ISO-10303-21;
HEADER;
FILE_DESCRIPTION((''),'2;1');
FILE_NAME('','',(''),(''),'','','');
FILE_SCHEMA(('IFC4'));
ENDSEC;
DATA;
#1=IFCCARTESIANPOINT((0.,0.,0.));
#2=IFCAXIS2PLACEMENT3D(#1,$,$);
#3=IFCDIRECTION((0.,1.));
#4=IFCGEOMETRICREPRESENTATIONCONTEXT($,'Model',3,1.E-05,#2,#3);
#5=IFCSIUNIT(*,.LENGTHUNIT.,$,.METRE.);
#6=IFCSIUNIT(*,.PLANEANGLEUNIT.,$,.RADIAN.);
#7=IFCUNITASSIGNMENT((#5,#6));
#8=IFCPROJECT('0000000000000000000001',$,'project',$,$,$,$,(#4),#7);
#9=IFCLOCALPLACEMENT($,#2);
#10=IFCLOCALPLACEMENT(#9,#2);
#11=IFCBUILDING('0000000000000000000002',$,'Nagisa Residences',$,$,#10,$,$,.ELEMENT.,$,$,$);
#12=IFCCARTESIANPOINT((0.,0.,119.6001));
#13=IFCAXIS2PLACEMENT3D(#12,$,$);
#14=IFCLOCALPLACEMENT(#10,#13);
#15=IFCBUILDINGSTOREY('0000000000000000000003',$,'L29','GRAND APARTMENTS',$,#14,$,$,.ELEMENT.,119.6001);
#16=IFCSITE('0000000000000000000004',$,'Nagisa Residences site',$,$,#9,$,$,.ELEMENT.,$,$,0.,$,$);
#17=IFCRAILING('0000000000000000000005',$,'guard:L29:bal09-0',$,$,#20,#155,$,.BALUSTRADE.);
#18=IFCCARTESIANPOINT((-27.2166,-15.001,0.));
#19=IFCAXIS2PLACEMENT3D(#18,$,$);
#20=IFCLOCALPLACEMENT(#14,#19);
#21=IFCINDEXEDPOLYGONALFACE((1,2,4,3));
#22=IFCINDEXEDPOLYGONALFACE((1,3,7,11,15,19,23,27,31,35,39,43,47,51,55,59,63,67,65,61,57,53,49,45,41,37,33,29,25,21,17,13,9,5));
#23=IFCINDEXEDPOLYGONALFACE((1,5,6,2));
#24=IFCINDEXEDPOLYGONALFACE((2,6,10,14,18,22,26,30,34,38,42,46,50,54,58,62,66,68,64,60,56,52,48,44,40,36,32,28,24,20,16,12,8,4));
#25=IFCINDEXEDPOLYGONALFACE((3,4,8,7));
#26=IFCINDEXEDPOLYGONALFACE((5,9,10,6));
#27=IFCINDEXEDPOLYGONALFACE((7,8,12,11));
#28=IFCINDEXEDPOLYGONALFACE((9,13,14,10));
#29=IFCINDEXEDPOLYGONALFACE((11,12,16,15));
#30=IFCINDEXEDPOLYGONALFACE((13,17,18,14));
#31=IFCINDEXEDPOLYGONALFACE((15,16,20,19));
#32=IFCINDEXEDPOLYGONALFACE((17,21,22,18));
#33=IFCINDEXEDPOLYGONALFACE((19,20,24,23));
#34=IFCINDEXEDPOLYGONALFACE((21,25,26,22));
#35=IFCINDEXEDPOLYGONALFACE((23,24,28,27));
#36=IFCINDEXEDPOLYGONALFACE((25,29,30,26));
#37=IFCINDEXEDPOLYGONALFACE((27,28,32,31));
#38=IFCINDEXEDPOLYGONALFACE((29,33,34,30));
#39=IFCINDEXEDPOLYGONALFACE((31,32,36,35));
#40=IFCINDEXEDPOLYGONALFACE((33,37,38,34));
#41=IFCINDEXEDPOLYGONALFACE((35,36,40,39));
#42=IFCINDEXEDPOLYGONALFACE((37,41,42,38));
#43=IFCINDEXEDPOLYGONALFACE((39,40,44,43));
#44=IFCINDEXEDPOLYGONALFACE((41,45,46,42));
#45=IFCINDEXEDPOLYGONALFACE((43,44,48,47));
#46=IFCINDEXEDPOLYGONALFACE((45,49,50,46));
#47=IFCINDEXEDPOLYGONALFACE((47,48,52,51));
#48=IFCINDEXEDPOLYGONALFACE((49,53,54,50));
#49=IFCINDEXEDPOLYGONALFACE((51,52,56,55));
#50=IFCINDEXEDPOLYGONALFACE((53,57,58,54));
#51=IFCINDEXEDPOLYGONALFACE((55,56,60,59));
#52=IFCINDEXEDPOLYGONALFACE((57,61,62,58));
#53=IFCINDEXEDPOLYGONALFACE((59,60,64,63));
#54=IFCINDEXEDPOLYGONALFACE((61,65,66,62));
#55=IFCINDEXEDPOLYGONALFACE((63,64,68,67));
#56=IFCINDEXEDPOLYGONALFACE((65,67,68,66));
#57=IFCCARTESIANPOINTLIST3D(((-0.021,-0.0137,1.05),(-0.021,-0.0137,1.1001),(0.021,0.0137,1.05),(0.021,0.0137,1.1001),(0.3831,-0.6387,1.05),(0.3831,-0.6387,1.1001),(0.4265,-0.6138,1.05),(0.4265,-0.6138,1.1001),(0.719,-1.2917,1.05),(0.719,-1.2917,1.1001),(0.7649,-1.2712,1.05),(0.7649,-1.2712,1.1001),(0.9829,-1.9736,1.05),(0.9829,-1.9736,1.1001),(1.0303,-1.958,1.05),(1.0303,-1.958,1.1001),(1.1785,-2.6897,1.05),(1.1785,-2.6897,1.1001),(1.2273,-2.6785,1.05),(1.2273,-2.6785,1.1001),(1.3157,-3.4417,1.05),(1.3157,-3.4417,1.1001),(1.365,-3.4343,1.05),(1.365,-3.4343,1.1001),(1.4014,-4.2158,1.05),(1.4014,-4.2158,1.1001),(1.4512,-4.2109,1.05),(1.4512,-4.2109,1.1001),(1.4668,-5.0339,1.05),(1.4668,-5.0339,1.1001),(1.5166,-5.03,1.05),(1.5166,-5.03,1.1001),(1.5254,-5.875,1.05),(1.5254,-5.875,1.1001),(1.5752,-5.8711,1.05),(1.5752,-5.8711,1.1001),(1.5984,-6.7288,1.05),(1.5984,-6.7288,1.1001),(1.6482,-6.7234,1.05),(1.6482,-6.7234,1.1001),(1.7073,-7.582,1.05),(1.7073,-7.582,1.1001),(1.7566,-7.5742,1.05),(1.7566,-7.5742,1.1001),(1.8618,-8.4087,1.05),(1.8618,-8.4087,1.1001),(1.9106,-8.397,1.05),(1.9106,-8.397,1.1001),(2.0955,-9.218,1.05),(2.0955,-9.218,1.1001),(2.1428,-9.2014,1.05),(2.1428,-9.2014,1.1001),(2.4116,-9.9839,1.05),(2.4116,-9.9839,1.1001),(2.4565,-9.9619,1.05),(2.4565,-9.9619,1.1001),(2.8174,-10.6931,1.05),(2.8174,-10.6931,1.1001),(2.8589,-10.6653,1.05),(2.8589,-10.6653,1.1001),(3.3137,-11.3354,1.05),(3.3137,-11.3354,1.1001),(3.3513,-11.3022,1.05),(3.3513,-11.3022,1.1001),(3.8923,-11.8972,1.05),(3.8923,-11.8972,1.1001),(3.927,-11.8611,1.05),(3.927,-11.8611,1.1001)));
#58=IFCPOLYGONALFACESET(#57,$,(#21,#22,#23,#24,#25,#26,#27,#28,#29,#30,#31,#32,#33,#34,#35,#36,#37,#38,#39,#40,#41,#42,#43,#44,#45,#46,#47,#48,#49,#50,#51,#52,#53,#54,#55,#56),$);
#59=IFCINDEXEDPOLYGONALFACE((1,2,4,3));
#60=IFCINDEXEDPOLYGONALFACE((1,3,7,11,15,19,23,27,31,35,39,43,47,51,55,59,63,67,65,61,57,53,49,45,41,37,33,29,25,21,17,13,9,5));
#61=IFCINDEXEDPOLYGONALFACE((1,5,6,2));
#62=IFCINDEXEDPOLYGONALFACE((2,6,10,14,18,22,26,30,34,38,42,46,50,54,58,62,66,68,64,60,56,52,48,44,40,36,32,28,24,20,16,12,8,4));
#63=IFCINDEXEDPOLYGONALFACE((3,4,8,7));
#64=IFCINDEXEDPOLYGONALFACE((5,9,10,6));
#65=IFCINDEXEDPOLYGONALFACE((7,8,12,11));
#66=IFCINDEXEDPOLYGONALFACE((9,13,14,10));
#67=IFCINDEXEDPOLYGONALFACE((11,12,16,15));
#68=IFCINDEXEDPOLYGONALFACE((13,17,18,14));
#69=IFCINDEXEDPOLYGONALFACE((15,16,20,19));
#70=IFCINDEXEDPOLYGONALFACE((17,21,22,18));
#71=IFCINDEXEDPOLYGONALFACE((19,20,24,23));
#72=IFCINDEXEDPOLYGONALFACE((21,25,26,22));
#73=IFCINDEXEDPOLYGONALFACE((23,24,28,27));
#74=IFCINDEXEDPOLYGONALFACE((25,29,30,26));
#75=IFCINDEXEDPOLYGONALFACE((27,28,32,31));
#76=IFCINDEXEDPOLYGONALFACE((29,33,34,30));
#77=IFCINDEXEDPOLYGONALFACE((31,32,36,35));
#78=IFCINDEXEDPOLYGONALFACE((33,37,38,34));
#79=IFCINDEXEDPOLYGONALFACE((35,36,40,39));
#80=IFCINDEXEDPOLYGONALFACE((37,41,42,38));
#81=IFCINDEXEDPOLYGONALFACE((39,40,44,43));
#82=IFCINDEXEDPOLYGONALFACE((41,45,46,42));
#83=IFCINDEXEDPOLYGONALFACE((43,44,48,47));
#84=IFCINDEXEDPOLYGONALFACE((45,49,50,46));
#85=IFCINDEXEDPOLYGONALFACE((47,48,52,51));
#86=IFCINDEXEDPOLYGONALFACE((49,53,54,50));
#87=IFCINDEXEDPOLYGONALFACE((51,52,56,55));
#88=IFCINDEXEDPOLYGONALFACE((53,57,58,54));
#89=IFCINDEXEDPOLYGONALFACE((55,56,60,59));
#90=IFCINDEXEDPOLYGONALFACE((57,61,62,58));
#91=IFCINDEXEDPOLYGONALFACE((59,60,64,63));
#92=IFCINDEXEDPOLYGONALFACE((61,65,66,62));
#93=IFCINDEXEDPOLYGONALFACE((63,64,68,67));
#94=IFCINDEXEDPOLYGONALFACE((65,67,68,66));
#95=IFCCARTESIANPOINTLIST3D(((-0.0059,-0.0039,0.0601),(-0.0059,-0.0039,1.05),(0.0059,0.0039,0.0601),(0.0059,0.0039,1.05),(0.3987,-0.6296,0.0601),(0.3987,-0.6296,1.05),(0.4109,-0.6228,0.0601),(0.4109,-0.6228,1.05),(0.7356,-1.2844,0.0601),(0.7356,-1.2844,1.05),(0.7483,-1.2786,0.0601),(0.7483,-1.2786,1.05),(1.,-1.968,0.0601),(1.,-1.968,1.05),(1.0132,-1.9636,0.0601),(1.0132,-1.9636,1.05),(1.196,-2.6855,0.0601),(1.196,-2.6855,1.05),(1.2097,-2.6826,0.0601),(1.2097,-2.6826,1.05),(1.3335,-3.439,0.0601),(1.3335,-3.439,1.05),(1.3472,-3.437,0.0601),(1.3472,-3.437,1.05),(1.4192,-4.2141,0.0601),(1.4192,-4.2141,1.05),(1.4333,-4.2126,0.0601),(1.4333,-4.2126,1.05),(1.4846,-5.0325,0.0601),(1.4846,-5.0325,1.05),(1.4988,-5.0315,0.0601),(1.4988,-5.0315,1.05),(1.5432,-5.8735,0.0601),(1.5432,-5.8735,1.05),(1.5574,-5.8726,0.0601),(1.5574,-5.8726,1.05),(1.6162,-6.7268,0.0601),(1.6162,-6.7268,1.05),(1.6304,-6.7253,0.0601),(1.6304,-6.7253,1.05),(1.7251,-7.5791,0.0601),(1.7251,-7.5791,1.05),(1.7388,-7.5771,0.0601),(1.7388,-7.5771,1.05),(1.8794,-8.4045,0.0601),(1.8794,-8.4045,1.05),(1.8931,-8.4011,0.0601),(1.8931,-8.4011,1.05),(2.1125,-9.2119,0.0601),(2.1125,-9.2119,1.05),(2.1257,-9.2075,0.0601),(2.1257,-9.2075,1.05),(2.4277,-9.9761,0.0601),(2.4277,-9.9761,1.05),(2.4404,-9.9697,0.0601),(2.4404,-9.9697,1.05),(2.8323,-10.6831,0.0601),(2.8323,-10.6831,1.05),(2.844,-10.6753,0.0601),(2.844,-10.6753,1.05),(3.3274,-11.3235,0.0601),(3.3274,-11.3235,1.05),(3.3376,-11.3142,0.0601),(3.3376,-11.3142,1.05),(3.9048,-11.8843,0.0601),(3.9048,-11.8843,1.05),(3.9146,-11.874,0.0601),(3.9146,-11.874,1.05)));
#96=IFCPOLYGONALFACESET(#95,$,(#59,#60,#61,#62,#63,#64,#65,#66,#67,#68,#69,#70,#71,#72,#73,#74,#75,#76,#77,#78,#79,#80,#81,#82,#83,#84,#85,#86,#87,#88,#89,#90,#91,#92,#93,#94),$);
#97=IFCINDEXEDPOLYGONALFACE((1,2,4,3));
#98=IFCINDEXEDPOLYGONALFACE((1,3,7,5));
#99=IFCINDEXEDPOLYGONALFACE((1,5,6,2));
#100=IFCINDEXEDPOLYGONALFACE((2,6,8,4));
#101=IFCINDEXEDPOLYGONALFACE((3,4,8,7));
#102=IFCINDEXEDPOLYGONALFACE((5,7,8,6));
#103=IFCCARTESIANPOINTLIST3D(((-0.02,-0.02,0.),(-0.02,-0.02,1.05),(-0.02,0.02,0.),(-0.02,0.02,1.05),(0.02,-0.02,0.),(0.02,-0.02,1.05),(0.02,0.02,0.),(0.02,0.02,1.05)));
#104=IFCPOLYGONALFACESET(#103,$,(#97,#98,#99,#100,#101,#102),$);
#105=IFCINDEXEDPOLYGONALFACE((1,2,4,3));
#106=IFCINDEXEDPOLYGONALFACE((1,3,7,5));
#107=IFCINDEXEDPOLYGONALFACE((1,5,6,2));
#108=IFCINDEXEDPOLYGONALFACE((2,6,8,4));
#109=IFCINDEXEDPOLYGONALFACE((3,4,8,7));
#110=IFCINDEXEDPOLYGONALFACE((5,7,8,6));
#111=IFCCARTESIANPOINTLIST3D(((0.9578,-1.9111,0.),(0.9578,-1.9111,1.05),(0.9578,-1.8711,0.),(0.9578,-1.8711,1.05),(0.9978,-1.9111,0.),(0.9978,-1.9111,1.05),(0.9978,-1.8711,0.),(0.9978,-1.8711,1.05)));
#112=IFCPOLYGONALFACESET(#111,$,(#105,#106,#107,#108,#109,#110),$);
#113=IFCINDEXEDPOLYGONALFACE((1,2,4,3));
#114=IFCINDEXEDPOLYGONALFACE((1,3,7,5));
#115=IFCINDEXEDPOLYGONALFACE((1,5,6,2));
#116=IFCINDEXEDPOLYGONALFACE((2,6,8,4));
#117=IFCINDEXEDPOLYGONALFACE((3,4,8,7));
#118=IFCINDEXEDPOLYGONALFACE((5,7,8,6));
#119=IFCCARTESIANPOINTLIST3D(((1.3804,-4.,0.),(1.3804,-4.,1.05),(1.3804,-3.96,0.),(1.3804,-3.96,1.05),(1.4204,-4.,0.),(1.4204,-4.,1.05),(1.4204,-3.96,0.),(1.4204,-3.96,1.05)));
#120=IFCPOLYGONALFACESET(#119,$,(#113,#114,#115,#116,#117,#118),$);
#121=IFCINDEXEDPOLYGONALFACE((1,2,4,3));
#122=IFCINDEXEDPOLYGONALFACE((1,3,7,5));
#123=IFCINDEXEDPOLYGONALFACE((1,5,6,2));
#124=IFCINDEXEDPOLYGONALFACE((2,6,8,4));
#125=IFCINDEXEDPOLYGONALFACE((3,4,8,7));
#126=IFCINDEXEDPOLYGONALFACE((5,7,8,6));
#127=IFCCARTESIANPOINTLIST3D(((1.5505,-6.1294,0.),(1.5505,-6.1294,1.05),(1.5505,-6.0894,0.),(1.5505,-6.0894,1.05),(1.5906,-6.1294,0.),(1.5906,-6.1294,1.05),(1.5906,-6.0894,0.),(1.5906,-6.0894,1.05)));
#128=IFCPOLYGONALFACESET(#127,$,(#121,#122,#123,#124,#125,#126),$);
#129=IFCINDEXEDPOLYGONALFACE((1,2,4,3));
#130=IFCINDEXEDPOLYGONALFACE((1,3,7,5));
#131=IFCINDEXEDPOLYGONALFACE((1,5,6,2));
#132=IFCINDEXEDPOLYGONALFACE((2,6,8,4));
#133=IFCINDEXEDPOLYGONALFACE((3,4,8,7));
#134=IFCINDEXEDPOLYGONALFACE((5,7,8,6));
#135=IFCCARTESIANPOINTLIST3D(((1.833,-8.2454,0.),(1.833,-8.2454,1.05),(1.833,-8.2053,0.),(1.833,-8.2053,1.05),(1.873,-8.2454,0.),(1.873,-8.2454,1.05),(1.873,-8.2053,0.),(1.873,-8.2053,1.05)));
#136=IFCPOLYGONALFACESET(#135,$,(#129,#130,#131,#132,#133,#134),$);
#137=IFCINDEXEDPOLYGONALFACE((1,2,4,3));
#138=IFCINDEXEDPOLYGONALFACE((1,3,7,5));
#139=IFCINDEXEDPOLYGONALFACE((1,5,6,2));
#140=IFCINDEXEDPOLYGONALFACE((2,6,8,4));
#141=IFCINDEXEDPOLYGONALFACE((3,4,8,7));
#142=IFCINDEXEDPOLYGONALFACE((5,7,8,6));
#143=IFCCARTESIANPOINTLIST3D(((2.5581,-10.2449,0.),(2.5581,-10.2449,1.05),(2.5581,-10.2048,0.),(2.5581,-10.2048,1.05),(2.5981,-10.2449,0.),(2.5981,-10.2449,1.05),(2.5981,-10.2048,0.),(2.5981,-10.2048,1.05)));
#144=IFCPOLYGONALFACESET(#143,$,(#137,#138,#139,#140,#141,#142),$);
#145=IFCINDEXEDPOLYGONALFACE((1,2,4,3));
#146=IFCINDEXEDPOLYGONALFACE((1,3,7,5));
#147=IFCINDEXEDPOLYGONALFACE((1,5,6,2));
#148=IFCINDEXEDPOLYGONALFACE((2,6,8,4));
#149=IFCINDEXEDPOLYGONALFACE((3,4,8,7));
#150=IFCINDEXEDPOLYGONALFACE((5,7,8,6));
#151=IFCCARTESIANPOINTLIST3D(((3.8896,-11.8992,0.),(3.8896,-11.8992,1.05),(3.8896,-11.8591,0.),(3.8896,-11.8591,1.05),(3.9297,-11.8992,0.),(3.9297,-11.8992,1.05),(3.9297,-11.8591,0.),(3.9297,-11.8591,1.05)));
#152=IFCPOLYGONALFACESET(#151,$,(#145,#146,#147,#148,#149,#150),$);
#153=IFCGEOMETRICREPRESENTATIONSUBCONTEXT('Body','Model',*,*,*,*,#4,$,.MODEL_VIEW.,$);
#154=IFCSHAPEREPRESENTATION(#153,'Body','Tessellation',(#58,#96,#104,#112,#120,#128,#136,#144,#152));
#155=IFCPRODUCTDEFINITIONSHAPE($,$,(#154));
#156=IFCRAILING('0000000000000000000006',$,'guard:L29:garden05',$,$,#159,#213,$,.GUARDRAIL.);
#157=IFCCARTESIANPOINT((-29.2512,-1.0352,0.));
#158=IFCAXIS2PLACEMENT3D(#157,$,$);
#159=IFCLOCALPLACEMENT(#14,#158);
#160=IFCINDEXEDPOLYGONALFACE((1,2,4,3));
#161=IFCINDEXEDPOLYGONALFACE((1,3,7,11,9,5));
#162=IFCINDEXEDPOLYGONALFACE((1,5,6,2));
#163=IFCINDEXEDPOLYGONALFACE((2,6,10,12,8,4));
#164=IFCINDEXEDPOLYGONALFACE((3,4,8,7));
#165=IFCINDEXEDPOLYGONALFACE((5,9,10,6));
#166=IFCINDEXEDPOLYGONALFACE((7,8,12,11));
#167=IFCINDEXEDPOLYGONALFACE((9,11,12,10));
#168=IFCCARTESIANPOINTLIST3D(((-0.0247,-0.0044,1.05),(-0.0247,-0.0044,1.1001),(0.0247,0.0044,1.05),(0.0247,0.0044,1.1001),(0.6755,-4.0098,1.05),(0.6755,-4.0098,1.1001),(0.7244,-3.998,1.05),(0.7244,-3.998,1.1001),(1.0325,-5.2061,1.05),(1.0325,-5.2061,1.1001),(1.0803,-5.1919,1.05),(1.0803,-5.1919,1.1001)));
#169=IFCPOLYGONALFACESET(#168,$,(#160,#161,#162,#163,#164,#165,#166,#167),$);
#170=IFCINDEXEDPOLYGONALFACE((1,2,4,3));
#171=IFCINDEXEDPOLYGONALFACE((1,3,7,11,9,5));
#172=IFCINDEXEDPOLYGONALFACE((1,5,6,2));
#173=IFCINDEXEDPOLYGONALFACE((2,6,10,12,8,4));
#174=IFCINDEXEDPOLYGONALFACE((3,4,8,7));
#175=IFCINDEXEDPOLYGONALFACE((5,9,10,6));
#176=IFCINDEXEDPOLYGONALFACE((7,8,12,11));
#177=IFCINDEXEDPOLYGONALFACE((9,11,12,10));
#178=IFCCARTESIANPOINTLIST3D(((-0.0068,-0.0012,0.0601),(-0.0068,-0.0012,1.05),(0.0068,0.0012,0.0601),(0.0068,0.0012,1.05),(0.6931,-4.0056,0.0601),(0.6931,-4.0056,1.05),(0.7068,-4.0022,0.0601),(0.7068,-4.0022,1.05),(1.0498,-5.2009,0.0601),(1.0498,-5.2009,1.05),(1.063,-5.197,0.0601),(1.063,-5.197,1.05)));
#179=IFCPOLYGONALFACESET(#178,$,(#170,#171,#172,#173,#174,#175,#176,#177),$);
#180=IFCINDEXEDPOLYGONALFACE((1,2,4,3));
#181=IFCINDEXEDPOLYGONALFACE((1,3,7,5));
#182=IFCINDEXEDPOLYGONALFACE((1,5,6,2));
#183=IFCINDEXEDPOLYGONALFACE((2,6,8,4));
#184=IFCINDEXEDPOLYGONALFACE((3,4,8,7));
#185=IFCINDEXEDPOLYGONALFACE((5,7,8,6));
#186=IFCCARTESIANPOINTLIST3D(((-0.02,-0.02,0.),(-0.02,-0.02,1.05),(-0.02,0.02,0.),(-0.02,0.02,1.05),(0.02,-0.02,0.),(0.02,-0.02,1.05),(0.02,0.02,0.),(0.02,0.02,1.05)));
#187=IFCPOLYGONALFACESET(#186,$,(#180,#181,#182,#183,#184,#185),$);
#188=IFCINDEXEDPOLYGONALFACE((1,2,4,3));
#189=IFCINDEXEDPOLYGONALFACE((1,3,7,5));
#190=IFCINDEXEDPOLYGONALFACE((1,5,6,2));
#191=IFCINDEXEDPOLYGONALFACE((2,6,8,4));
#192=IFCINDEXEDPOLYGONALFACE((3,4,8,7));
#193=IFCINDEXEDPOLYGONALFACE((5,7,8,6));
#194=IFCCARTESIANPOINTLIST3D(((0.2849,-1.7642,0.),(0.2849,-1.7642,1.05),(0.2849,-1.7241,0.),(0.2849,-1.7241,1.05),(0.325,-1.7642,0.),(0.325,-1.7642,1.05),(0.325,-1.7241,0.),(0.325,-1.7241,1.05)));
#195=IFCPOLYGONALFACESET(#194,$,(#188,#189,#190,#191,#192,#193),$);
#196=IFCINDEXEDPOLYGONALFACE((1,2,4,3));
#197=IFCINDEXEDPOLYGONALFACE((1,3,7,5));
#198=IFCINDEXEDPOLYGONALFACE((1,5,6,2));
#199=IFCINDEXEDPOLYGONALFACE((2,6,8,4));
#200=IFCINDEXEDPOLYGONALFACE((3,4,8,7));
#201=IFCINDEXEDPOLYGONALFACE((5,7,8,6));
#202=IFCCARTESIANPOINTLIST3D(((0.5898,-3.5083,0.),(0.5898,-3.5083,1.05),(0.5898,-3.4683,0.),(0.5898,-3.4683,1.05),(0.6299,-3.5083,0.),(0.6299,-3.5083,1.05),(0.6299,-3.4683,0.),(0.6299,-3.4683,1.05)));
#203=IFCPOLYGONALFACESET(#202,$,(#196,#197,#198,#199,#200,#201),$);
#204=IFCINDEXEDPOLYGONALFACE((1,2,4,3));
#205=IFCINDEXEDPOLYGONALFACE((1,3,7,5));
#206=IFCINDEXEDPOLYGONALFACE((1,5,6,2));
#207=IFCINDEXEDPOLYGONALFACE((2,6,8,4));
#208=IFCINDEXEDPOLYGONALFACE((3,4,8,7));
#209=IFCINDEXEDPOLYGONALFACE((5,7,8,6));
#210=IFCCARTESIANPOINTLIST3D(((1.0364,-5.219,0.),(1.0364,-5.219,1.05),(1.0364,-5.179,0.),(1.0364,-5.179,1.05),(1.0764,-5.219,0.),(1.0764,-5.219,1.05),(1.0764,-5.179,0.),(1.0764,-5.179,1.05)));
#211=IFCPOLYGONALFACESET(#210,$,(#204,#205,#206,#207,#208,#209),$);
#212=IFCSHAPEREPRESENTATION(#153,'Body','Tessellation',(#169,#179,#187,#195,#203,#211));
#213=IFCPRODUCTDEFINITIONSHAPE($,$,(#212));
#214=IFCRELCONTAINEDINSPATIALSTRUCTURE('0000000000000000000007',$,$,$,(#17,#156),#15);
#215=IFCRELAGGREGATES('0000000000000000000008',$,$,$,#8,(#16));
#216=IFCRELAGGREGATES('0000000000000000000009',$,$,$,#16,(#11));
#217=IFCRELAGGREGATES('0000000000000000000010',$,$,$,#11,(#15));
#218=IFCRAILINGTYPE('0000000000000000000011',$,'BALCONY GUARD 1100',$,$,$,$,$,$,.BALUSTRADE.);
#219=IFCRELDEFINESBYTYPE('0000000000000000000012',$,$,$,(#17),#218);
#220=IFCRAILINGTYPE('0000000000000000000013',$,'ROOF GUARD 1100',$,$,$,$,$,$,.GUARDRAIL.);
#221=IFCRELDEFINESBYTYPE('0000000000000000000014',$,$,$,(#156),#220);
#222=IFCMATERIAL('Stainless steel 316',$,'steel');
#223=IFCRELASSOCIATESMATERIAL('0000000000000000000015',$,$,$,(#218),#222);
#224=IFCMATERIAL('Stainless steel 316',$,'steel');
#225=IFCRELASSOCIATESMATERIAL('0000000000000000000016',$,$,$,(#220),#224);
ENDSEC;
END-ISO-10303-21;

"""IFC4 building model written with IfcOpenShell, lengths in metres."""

from ifc_helpers import new_model, si_unit, direction, frame, origin, origin_2d, place, context, subcontext, project, spatial, polyline, rectangle, outline, extrude, material, type_object, element, save


model = new_model("IFC4")

# Units and contexts
model_context = context("Model", 3, precision=1e-05, world=origin(), true_north=direction((0.0, 1.0)))
body_context = subcontext(model_context, "Body", "Model", "MODEL_VIEW")
ifc_project = project(units=[si_unit("LENGTHUNIT", "METRE"), si_unit("PLANEANGLEUNIT", "RADIAN")], contexts=[model_context])

# Site, building, storey
site_placement = place(None, origin())
site = spatial("IfcSite", under=ifc_project, at=site_placement, Name="Nagisa Residences site", CompositionType="ELEMENT", RefElevation=0.0)
building_placement = place(site_placement, origin())
building = spatial("IfcBuilding", under=site, at=building_placement, Name="Nagisa Residences", CompositionType="ELEMENT")
storey_placement = place(building_placement, frame((0.0, 0.0, 119.6001)))
storey = spatial("IfcBuildingStorey", under=building, at=storey_placement, Name="L29", Description="GRAND APARTMENTS", CompositionType="ELEMENT", Elevation=119.6001)

# Railings
ifc_material_1 = material(Name="Stainless steel 316", Category="steel")
railing_type_1 = type_object("IfcRailingType", Name="BALCONY GUARD 1100", PredefinedType="BALUSTRADE", material=ifc_material_1)
railing_1_placement = place(storey_placement, frame((-27.2166, -15.001, 0.0)))
element("IfcRailing", 1, at=railing_1_placement, inside=storey, type_object=railing_type_1, Name="guard:L29:bal09-0", PredefinedType="BALUSTRADE", context=body_context, shape_type="SweptSolid", body=[
    extrude(outline(polyline([(0.4265, -0.6138), (0.021, 0.0137), (-0.021, -0.0137), (0.3831, -0.6387), (0.719, -1.2917), (0.9829, -1.9736), (1.1785, -2.6897), (1.3157, -3.4417), (1.4014, -4.2158), (1.4668, -5.0339), (1.5254, -5.875), (1.5984, -6.7288), (1.7073, -7.582), (1.8618, -8.4087), (2.0955, -9.218), (2.4116, -9.9839), (2.8174, -10.6931), (3.3137, -11.3354), (3.8923, -11.8972), (3.927, -11.8611), (3.3513, -11.3022), (2.8589, -10.6653), (2.4565, -9.9619), (2.1428, -9.2014), (1.9106, -8.397), (1.7566, -7.5742), (1.6482, -6.7234), (1.5752, -5.8711), (1.5166, -5.03), (1.4512, -4.2109), (1.365, -3.4343), (1.2273, -2.6785), (1.0303, -1.958), (0.7649, -1.2712), (0.4265, -0.6138)])), frame((0.0, 0.0, 1.05)), (0.0, 0.0, 1.0), 0.05),
    extrude(outline(polyline([(0.4109, -0.6228), (0.0059, 0.0039), (-0.0059, -0.0039), (0.3987, -0.6296), (0.7356, -1.2844), (1.0, -1.968), (1.196, -2.6855), (1.3335, -3.439), (1.4192, -4.2141), (1.4846, -5.0325), (1.5432, -5.8735), (1.6162, -6.7268), (1.7251, -7.5791), (1.8794, -8.4045), (2.1125, -9.2119), (2.4277, -9.9761), (2.8323, -10.6831), (3.3274, -11.3235), (3.9048, -11.8843), (3.9146, -11.874), (3.3376, -11.3142), (2.844, -10.6753), (2.4404, -9.9697), (2.1257, -9.2075), (1.8931, -8.4011), (1.7388, -7.5771), (1.6304, -6.7253), (1.5574, -5.8726), (1.4988, -5.0315), (1.4333, -4.2126), (1.3472, -3.437), (1.2097, -2.6826), (1.0132, -1.9636), (0.7483, -1.2786), (0.4109, -0.6228)])), frame((0.0, 0.0, 0.0601)), (0.0, 0.0, 1.0), 0.99),
    extrude(rectangle(XDim=0.04, YDim=0.04, at=origin_2d()), origin(), (0.0, 0.0, 1.0), 1.05),
    extrude(rectangle(XDim=0.04, YDim=0.04, at=origin_2d()), frame((0.9778, -1.8911, 0.0)), (0.0, 0.0, 1.0), 1.05),
    extrude(rectangle(XDim=0.04, YDim=0.04, at=origin_2d()), frame((1.4004, -3.98, 0.0)), (0.0, 0.0, 1.0), 1.05),
    extrude(rectangle(XDim=0.04, YDim=0.04, at=origin_2d()), frame((1.5706, -6.1094, 0.0)), (0.0, 0.0, 1.0), 1.05),
    extrude(rectangle(XDim=0.04, YDim=0.04, at=origin_2d()), frame((1.853, -8.2253, 0.0)), (0.0, 0.0, 1.0), 1.05),
    extrude(rectangle(XDim=0.04, YDim=0.04, at=origin_2d()), frame((2.5781, -10.2249, 0.0)), (0.0, 0.0, 1.0), 1.05),
    extrude(rectangle(XDim=0.04, YDim=0.04, at=origin_2d()), frame((3.9097, -11.8792, 0.0)), (0.0, 0.0, 1.0), 1.05),
])
ifc_material_2 = material(Name="Stainless steel 316", Category="steel")
railing_type_2 = type_object("IfcRailingType", Name="ROOF GUARD 1100", PredefinedType="GUARDRAIL", material=ifc_material_2)
railing_2_placement = place(storey_placement, frame((-29.2512, -1.0352, 0.0)))
element("IfcRailing", 2, at=railing_2_placement, inside=storey, type_object=railing_type_2, Name="guard:L29:garden05", PredefinedType="GUARDRAIL", context=body_context, shape_type="SweptSolid", body=[
    extrude(outline(polyline([(0.7244, -3.998), (0.0247, 0.0044), (-0.0247, -0.0044), (0.6755, -4.0098), (1.0325, -5.2061), (1.0803, -5.1919), (0.7244, -3.998)])), frame((0.0, 0.0, 1.05)), (0.0, 0.0, 1.0), 0.05),
    extrude(outline(polyline([(0.7068, -4.0022), (0.0068, 0.0012), (-0.0068, -0.0012), (0.6931, -4.0056), (1.0498, -5.2009), (1.063, -5.197), (0.7068, -4.0022)])), frame((0.0, 0.0, 0.0601)), (0.0, 0.0, 1.0), 0.99),
    extrude(rectangle(XDim=0.04, YDim=0.04, at=origin_2d()), origin(), (0.0, 0.0, 1.0), 1.05),
    extrude(rectangle(XDim=0.04, YDim=0.04, at=origin_2d()), frame((0.3049, -1.7441, 0.0)), (0.0, 0.0, 1.0), 1.05),
    extrude(rectangle(XDim=0.04, YDim=0.04, at=origin_2d()), frame((0.6099, -3.4883, 0.0)), (0.0, 0.0, 1.0), 1.05),
    extrude(rectangle(XDim=0.04, YDim=0.04, at=origin_2d()), frame((1.0564, -5.199, 0.0)), (0.0, 0.0, 1.0), 1.05),
])

save(model, "model.ifc")
